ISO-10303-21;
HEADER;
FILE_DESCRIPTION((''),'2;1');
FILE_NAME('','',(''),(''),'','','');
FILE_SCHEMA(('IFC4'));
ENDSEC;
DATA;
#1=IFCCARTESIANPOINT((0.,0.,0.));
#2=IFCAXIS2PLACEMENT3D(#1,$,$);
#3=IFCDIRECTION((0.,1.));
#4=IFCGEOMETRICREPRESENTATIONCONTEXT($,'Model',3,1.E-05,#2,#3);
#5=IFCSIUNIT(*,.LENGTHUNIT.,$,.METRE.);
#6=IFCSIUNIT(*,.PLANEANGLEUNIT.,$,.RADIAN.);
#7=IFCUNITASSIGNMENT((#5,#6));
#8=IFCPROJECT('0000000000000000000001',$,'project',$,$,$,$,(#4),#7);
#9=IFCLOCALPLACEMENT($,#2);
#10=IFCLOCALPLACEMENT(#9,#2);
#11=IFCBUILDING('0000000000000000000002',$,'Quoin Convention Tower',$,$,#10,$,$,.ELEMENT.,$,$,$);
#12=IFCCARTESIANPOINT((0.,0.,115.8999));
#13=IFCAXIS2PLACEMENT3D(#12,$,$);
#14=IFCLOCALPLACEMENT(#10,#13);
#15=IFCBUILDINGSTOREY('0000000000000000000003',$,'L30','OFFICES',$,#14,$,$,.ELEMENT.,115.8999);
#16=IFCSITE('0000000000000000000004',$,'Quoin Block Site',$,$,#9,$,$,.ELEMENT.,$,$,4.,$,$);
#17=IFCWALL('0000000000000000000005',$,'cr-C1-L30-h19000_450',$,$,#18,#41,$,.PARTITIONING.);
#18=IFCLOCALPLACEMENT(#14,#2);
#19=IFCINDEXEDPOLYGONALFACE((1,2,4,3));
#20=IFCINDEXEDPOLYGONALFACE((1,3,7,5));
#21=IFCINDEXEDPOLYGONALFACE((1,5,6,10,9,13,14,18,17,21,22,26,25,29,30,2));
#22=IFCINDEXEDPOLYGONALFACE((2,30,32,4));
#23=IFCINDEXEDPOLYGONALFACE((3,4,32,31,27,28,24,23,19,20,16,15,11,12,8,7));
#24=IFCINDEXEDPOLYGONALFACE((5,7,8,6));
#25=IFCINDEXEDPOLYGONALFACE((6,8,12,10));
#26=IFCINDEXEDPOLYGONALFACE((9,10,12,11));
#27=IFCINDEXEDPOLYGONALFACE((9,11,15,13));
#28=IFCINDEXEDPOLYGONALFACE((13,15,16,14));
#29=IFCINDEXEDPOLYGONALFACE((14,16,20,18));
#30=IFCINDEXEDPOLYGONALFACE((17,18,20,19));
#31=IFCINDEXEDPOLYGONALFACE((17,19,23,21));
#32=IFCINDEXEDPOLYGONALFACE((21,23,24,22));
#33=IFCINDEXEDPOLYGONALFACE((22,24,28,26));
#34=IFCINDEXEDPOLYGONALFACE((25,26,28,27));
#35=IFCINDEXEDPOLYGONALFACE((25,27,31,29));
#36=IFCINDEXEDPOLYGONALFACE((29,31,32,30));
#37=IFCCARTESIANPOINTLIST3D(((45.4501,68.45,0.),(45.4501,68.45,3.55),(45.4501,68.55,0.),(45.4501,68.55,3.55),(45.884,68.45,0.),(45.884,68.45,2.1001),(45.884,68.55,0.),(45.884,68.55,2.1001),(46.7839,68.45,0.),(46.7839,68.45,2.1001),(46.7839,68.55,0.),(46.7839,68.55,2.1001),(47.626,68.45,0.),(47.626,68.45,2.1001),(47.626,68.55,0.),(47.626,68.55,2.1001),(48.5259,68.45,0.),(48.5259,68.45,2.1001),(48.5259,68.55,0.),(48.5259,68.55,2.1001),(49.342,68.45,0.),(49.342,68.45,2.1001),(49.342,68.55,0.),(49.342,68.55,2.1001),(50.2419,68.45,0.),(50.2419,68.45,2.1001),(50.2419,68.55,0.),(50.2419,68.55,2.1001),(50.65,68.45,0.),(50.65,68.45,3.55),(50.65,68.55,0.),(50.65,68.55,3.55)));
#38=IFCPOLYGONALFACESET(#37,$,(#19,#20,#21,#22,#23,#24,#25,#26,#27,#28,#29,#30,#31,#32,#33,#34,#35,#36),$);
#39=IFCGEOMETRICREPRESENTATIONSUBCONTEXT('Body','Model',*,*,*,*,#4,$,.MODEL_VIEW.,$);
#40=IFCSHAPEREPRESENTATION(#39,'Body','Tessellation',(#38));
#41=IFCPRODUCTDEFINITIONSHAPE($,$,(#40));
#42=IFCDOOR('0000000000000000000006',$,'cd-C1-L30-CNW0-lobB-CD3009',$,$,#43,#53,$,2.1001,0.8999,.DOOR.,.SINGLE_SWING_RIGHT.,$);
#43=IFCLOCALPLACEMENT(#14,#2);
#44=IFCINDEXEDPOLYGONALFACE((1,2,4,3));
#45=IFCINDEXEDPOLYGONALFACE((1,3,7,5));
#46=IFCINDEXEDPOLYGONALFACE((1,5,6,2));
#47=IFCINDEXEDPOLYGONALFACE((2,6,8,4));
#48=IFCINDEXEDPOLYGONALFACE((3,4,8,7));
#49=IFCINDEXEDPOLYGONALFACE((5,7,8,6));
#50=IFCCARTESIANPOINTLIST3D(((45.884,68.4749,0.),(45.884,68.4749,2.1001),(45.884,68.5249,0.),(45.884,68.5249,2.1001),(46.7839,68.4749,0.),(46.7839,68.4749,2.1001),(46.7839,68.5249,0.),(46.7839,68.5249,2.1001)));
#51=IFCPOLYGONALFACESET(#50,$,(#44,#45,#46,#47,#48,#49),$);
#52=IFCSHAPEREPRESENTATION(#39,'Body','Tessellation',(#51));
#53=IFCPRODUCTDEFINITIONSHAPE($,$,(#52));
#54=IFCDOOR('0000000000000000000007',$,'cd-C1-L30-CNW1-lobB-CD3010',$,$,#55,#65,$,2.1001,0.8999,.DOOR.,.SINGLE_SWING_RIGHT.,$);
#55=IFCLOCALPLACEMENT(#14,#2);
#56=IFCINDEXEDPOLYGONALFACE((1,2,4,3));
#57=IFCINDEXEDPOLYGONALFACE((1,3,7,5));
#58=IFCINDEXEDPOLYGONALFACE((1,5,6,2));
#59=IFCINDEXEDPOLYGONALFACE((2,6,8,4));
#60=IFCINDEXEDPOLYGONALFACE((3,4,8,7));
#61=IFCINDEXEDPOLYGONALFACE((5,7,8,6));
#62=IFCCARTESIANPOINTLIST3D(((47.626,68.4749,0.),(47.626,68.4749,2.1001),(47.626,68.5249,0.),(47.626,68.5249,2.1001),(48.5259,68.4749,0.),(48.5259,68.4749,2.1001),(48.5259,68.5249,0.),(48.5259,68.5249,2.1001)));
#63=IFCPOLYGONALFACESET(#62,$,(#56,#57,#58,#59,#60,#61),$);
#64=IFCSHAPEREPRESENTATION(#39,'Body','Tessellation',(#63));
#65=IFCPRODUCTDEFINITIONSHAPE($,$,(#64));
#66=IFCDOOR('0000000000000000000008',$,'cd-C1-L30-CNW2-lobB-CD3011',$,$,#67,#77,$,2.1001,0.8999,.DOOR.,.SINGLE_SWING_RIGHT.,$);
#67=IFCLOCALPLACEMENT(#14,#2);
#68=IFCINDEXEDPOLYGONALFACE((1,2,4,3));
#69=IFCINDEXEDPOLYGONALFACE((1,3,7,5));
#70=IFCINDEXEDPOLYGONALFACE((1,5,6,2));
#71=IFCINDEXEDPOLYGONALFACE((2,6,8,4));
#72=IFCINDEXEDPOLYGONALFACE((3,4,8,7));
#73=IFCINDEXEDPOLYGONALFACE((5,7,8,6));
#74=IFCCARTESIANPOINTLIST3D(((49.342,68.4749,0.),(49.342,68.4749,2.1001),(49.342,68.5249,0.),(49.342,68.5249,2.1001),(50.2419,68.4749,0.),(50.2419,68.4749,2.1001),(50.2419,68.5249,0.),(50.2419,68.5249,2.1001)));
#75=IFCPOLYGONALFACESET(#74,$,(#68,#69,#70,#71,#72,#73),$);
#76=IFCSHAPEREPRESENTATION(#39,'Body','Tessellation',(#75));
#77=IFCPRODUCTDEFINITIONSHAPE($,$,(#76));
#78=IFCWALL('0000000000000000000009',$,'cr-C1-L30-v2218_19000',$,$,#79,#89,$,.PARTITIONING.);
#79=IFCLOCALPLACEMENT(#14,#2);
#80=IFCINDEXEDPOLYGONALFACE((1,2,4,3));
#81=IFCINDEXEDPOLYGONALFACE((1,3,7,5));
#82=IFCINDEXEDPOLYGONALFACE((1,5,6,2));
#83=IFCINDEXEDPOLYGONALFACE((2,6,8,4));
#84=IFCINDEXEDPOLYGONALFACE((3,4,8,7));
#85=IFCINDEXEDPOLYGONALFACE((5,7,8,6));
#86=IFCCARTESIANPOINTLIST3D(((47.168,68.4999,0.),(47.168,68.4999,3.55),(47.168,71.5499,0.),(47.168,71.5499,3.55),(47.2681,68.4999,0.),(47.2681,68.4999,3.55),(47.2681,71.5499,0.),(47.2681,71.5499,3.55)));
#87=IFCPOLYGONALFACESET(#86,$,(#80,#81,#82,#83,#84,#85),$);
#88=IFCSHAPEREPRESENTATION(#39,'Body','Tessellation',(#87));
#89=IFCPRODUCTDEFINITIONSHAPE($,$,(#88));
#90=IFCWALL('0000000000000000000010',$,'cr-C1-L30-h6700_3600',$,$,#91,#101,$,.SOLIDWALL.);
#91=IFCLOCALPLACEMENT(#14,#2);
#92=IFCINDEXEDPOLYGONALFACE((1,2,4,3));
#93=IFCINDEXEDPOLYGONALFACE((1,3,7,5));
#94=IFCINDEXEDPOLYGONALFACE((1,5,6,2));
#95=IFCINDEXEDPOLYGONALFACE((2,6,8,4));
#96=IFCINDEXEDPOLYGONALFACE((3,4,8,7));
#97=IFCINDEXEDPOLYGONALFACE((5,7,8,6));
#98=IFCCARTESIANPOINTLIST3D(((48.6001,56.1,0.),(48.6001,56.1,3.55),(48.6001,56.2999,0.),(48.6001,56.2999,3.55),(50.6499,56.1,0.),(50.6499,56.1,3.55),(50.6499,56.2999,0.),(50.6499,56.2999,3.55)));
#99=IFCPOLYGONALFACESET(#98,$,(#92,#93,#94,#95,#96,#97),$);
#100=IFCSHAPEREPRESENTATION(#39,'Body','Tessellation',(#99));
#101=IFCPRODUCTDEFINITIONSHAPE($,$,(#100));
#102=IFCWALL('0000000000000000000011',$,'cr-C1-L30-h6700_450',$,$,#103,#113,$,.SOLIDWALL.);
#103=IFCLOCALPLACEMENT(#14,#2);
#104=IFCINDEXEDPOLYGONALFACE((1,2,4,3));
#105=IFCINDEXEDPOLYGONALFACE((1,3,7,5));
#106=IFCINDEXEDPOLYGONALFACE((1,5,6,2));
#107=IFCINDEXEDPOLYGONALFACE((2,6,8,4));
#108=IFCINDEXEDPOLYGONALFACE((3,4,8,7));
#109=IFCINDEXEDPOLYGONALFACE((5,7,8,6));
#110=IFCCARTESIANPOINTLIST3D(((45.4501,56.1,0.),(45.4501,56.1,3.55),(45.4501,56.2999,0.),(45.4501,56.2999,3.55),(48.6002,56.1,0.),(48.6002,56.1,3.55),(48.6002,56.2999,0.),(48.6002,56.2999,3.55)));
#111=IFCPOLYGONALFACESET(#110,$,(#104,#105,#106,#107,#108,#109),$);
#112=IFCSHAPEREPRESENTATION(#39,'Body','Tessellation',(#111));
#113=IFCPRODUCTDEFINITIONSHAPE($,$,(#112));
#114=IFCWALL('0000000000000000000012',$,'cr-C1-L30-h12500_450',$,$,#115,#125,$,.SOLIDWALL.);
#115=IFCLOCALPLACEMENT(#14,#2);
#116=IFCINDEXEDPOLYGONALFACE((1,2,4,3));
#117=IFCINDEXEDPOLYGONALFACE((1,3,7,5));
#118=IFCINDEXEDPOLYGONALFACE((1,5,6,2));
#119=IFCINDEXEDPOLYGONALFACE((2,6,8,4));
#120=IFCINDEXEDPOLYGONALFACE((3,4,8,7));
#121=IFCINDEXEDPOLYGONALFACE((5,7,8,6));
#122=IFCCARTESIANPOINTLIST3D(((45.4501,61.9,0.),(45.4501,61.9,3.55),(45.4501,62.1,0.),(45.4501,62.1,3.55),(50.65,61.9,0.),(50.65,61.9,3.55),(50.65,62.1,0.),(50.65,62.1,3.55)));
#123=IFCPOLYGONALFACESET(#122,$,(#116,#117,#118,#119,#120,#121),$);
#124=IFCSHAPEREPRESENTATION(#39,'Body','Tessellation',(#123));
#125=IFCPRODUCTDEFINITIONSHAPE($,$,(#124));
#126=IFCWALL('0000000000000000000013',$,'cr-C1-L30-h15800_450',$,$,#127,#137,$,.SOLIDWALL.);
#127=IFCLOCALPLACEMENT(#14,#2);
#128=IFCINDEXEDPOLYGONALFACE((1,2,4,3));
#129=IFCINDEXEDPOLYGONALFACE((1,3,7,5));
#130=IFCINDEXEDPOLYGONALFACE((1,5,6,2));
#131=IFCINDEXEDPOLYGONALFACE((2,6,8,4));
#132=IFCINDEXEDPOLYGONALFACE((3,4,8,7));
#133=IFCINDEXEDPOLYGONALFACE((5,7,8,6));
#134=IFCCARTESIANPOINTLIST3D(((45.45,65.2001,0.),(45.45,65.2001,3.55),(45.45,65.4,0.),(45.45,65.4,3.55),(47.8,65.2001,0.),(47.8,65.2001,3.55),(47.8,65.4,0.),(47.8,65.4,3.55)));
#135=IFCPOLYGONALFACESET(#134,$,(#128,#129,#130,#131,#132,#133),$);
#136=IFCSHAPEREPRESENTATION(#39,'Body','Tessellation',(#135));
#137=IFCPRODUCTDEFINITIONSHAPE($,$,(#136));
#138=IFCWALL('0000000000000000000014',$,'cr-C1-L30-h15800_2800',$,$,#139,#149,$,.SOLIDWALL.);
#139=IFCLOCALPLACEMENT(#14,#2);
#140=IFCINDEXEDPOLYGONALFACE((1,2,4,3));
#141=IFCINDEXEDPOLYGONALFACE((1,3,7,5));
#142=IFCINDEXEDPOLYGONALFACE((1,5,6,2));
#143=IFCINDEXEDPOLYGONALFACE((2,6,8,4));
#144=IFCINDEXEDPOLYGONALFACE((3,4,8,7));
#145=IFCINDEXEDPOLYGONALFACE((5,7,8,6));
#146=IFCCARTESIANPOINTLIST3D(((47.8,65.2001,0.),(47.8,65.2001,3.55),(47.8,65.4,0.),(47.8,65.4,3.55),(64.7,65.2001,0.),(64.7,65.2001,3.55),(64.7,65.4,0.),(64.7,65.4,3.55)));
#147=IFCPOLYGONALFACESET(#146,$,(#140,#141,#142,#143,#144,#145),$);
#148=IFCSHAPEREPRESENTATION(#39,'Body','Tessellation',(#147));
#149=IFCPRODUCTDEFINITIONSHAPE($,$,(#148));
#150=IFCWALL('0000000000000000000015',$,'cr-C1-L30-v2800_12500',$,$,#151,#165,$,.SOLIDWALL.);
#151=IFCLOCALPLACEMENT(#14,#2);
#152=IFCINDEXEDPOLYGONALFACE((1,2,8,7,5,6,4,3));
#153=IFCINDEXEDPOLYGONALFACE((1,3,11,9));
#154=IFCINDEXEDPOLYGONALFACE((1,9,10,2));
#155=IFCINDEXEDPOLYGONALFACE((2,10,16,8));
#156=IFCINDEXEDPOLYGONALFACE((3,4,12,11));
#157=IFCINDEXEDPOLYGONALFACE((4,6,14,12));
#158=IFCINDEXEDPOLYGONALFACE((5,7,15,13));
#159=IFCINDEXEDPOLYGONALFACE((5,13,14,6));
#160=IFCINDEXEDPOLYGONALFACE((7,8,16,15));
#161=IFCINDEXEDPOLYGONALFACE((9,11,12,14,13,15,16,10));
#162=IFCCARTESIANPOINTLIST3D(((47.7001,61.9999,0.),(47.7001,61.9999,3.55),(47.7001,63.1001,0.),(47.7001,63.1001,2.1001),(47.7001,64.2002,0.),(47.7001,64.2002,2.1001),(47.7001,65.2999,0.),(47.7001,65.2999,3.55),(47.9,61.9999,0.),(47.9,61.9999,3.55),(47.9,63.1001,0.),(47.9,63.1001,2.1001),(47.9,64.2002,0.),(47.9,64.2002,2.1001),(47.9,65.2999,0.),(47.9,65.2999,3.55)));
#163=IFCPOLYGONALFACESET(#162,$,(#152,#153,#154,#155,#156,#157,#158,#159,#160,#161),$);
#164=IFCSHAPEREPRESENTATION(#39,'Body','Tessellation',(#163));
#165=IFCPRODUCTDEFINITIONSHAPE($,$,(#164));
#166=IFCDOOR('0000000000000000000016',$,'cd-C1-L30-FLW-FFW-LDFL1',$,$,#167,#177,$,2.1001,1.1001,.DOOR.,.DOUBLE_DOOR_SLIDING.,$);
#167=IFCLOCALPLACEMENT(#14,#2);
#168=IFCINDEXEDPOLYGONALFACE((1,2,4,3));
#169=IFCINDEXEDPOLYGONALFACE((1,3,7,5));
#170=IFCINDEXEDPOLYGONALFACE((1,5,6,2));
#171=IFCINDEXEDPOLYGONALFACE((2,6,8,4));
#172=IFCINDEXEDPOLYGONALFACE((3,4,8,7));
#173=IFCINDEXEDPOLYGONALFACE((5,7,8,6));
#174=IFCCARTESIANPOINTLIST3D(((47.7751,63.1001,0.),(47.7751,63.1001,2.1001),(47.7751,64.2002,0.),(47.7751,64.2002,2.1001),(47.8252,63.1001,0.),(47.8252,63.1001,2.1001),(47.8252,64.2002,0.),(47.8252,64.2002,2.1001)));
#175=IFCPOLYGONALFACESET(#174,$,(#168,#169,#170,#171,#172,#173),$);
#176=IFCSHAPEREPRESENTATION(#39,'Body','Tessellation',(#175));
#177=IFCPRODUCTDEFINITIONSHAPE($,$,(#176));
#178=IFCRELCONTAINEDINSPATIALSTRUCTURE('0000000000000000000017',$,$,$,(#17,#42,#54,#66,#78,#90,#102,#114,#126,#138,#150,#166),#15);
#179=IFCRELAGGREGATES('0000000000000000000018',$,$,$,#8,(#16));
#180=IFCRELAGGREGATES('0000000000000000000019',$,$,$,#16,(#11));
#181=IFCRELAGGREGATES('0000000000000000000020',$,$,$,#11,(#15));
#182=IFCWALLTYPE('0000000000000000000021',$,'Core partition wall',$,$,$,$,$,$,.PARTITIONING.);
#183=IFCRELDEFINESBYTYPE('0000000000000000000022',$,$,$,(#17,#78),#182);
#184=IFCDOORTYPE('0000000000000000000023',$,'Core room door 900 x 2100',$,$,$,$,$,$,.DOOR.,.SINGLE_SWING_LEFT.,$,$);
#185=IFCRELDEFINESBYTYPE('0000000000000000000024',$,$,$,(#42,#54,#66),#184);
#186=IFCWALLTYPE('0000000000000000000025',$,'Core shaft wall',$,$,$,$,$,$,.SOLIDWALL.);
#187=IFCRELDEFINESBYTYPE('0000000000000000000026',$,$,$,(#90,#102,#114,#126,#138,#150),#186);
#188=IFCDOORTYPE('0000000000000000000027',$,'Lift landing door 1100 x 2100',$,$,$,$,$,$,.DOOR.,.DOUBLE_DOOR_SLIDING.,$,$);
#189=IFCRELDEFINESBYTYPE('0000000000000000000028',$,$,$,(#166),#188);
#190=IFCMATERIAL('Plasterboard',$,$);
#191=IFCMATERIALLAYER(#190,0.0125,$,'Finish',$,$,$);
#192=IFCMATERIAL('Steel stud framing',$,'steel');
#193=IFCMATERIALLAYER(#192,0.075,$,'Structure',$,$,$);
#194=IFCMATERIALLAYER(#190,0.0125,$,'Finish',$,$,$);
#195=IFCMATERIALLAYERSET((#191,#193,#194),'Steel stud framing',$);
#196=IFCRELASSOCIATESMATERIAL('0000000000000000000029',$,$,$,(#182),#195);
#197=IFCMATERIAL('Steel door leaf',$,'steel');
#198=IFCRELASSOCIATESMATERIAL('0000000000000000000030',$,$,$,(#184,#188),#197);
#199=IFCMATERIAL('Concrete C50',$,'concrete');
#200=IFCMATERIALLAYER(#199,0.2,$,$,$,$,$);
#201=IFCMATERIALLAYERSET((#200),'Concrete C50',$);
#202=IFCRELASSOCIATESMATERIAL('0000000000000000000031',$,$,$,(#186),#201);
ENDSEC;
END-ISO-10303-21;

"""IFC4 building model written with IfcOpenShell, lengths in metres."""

from ifc_helpers import new_model, si_unit, direction, frame, frame_2d, origin, place, context, subcontext, project, spatial, rectangle, extrude, material, layer, layer_set, type_object, element, fill, save


model = new_model("IFC4")

# Units and contexts
model_context = context("Model", 3, precision=1e-05, world=origin(), true_north=direction((0.0, 1.0)))
body_context = subcontext(model_context, "Body", "Model", "MODEL_VIEW")
ifc_project = project(units=[si_unit("LENGTHUNIT", "METRE"), si_unit("PLANEANGLEUNIT", "RADIAN")], contexts=[model_context])

# Site, building, storey
site_placement = place(None, origin())
site = spatial("IfcSite", under=ifc_project, at=site_placement, Name="Quoin Block Site", CompositionType="ELEMENT", RefElevation=4.0)
building_placement = place(site_placement, origin())
building = spatial("IfcBuilding", under=site, at=building_placement, Name="Quoin Convention Tower", CompositionType="ELEMENT")
storey_placement = place(building_placement, frame((0.0, 0.0, 115.8999)))
storey = spatial("IfcBuildingStorey", under=building, at=storey_placement, Name="L30", Description="OFFICES", CompositionType="ELEMENT", Elevation=115.8999)

# Shared definitions
ifc_material_1 = material(Name="Plasterboard")
ifc_material_2 = material(Name="Steel stud framing", Category="steel")

# Wall, openings, doors
ifc_layer_1 = layer(ifc_material_1, 0.0125, Name="Finish")
ifc_layer_2 = layer(ifc_material_2, 0.075, Name="Structure")
ifc_layer_3 = layer(ifc_material_1, 0.0125, Name="Finish")
ifc_layer_set_1 = layer_set([ifc_layer_1, ifc_layer_2, ifc_layer_3], Name="Steel stud framing")
wall_type_1 = type_object("IfcWallType", Name="Core partition wall", PredefinedType="PARTITIONING", material=ifc_layer_set_1)
ifc_material_3 = material(Name="Steel door leaf", Category="steel")
door_type_1 = type_object("IfcDoorType", Name="Core room door 900 x 2100", OperationType="SINGLE_SWING_LEFT", PredefinedType="DOOR", material=ifc_material_3)
wall_1_placement = place(storey_placement, frame((45.45, 68.5, 0.0), z_axis=(0.0, 0.0, 1.0), x_axis=(1.0, 0.0, 0.0)))
wall_1 = element("IfcWall", 1, at=wall_1_placement, inside=storey, type_object=wall_type_1, Name="cr-C1-L30-h19000_450", PredefinedType="PARTITIONING", context=body_context, shape_type="SweptSolid", body=[
    extrude(rectangle(XDim=5.2, YDim=0.1001, at=frame_2d((2.6001, 0.0))), origin(), (0.0, 0.0, 1.0), 3.55),
])
opening_1_placement = place(wall_1_placement, frame((0.4341, 0.0, 0.0)))
opening_1 = element("IfcOpeningElement", 2, at=opening_1_placement, cuts=wall_1, PredefinedType="OPENING", context=body_context, shape_type="SweptSolid", body=[
    extrude(rectangle(XDim=0.8999, YDim=2.1001, at=frame_2d((0.45, 1.05))), frame((0.0, 0.0601, 0.0), z_axis=(0.0, -1.0, 0.0), x_axis=(1.0, 0.0, 0.0)), (0.0, 0.0, 1.0), 0.1201),
])
opening_2_placement = place(wall_1_placement, frame((2.176, 0.0, 0.0)))
opening_2 = element("IfcOpeningElement", 3, at=opening_2_placement, cuts=wall_1, PredefinedType="OPENING", context=body_context, shape_type="SweptSolid", body=[
    extrude(rectangle(XDim=0.8999, YDim=2.1001, at=frame_2d((0.45, 1.05))), frame((0.0, 0.0601, 0.0), z_axis=(0.0, -1.0, 0.0), x_axis=(1.0, 0.0, 0.0)), (0.0, 0.0, 1.0), 0.1201),
])
opening_3_placement = place(wall_1_placement, frame((3.8921, 0.0, 0.0)))
opening_3 = element("IfcOpeningElement", 4, at=opening_3_placement, cuts=wall_1, PredefinedType="OPENING", context=body_context, shape_type="SweptSolid", body=[
    extrude(rectangle(XDim=0.8999, YDim=2.1001, at=frame_2d((0.45, 1.05))), frame((0.0, 0.0601, 0.0), z_axis=(0.0, -1.0, 0.0), x_axis=(1.0, 0.0, 0.0)), (0.0, 0.0, 1.0), 0.1201),
])
door_1_placement = place(opening_1_placement, origin())
door_1 = element("IfcDoor", 5, at=door_1_placement, inside=storey, type_object=door_type_1, Name="cd-C1-L30-CNW0-lobB-CD3009", OperationType="SINGLE_SWING_RIGHT", OverallHeight=2.1001, OverallWidth=0.8999, PredefinedType="DOOR", context=body_context, shape_type="SweptSolid", body=[
    extrude(rectangle(XDim=0.8999, YDim=2.1001, at=frame_2d((0.45, 1.05))), frame((0.0, 0.0249, 0.0), z_axis=(0.0, -1.0, 0.0), x_axis=(1.0, 0.0, 0.0)), (0.0, 0.0, 1.0), 0.05),
])
fill(opening_1, door_1)
door_2_placement = place(opening_2_placement, origin())
door_2 = element("IfcDoor", 6, at=door_2_placement, inside=storey, type_object=door_type_1, Name="cd-C1-L30-CNW1-lobB-CD3010", OperationType="SINGLE_SWING_RIGHT", OverallHeight=2.1001, OverallWidth=0.8999, PredefinedType="DOOR", context=body_context, shape_type="SweptSolid", body=[
    extrude(rectangle(XDim=0.8999, YDim=2.1001, at=frame_2d((0.45, 1.05))), frame((0.0, 0.0249, 0.0), z_axis=(0.0, -1.0, 0.0), x_axis=(1.0, 0.0, 0.0)), (0.0, 0.0, 1.0), 0.05),
])
fill(opening_2, door_2)
door_3_placement = place(opening_3_placement, origin())
door_3 = element("IfcDoor", 7, at=door_3_placement, inside=storey, type_object=door_type_1, Name="cd-C1-L30-CNW2-lobB-CD3011", OperationType="SINGLE_SWING_RIGHT", OverallHeight=2.1001, OverallWidth=0.8999, PredefinedType="DOOR", context=body_context, shape_type="SweptSolid", body=[
    extrude(rectangle(XDim=0.8999, YDim=2.1001, at=frame_2d((0.45, 1.05))), frame((0.0, 0.0249, 0.0), z_axis=(0.0, -1.0, 0.0), x_axis=(1.0, 0.0, 0.0)), (0.0, 0.0, 1.0), 0.05),
])
fill(opening_3, door_3)

# Walls
wall_2_placement = place(storey_placement, frame((47.218, 68.5, 0.0), z_axis=(0.0, 0.0, 1.0), x_axis=(0.0, 1.0, 0.0)))
element("IfcWall", 8, at=wall_2_placement, inside=storey, type_object=wall_type_1, Name="cr-C1-L30-v2218_19000", PredefinedType="PARTITIONING", context=body_context, shape_type="SweptSolid", body=[
    extrude(rectangle(XDim=3.05, YDim=0.1001, at=frame_2d((1.5249, 0.0))), origin(), (0.0, 0.0, 1.0), 3.55),
])
ifc_material_4 = material(Name="Concrete C50", Category="concrete")
ifc_layer_4 = layer(ifc_material_4, 0.2)
ifc_layer_set_2 = layer_set([ifc_layer_4], Name="Concrete C50")
wall_type_2 = type_object("IfcWallType", Name="Core shaft wall", PredefinedType="SOLIDWALL", material=ifc_layer_set_2)
wall_3_placement = place(storey_placement, frame((48.6001, 56.2, 0.0), z_axis=(0.0, 0.0, 1.0), x_axis=(1.0, 0.0, 0.0)))
element("IfcWall", 9, at=wall_3_placement, inside=storey, type_object=wall_type_2, Name="cr-C1-L30-h6700_3600", PredefinedType="SOLIDWALL", context=body_context, shape_type="SweptSolid", body=[
    extrude(rectangle(XDim=2.0498, YDim=0.2, at=frame_2d((1.0249, 0.0))), origin(), (0.0, 0.0, 1.0), 3.55),
])
wall_4_placement = place(storey_placement, frame((45.45, 56.2, 0.0), z_axis=(0.0, 0.0, 1.0), x_axis=(1.0, 0.0, 0.0)))
element("IfcWall", 10, at=wall_4_placement, inside=storey, type_object=wall_type_2, Name="cr-C1-L30-h6700_450", PredefinedType="SOLIDWALL", context=body_context, shape_type="SweptSolid", body=[
    extrude(rectangle(XDim=3.1501, YDim=0.2, at=frame_2d((1.5752, 0.0))), origin(), (0.0, 0.0, 1.0), 3.55),
])
wall_5_placement = place(storey_placement, frame((45.45, 62.0, 0.0), z_axis=(0.0, 0.0, 1.0), x_axis=(1.0, 0.0, 0.0)))
element("IfcWall", 11, at=wall_5_placement, inside=storey, type_object=wall_type_2, Name="cr-C1-L30-h12500_450", PredefinedType="SOLIDWALL", context=body_context, shape_type="SweptSolid", body=[
    extrude(rectangle(XDim=5.2, YDim=0.2, at=frame_2d((2.6001, 0.0))), origin(), (0.0, 0.0, 1.0), 3.55),
])
wall_6_placement = place(storey_placement, frame((45.45, 65.3, 0.0), z_axis=(0.0, 0.0, 1.0), x_axis=(1.0, 0.0, 0.0)))
element("IfcWall", 12, at=wall_6_placement, inside=storey, type_object=wall_type_2, Name="cr-C1-L30-h15800_450", PredefinedType="SOLIDWALL", context=body_context, shape_type="SweptSolid", body=[
    extrude(rectangle(XDim=2.3501, YDim=0.2, at=frame_2d((1.175, 0.0))), origin(), (0.0, 0.0, 1.0), 3.55),
])
wall_7_placement = place(storey_placement, frame((47.8, 65.3, 0.0), z_axis=(0.0, 0.0, 1.0), x_axis=(1.0, 0.0, 0.0)))
element("IfcWall", 13, at=wall_7_placement, inside=storey, type_object=wall_type_2, Name="cr-C1-L30-h15800_2800", PredefinedType="SOLIDWALL", context=body_context, shape_type="SweptSolid", body=[
    extrude(rectangle(XDim=16.8999, YDim=0.2, at=frame_2d((8.45, 0.0))), origin(), (0.0, 0.0, 1.0), 3.55),
])

# Wall, opening, door
wall_8_placement = place(storey_placement, frame((47.8, 62.0, 0.0), z_axis=(0.0, 0.0, 1.0), x_axis=(0.0, 1.0, 0.0)))
wall_8 = element("IfcWall", 14, at=wall_8_placement, inside=storey, type_object=wall_type_2, Name="cr-C1-L30-v2800_12500", PredefinedType="SOLIDWALL", context=body_context, shape_type="SweptSolid", body=[
    extrude(rectangle(XDim=3.3, YDim=0.2, at=frame_2d((1.6499, 0.0))), origin(), (0.0, 0.0, 1.0), 3.55),
])
opening_4_placement = place(wall_8_placement, frame((1.1001, 0.0, 0.0)))
opening_4 = element("IfcOpeningElement", 15, at=opening_4_placement, cuts=wall_8, PredefinedType="OPENING", context=body_context, shape_type="SweptSolid", body=[
    extrude(rectangle(XDim=1.1001, YDim=2.1001, at=frame_2d((0.55, 1.05))), frame((0.0, 0.1099, 0.0), z_axis=(0.0, -1.0, 0.0), x_axis=(1.0, 0.0, 0.0)), (0.0, 0.0, 1.0), 0.22),
])
door_type_2 = type_object("IfcDoorType", Name="Lift landing door 1100 x 2100", OperationType="DOUBLE_DOOR_SLIDING", PredefinedType="DOOR", material=ifc_material_3)
door_4_placement = place(opening_4_placement, origin())
door_4 = element("IfcDoor", 16, at=door_4_placement, inside=storey, type_object=door_type_2, Name="cd-C1-L30-FLW-FFW-LDFL1", OperationType="DOUBLE_DOOR_SLIDING", OverallHeight=2.1001, OverallWidth=1.1001, PredefinedType="DOOR", context=body_context, shape_type="SweptSolid", body=[
    extrude(rectangle(XDim=1.1001, YDim=2.1001, at=frame_2d((0.55, 1.05))), frame((0.0, 0.0249, 0.0), z_axis=(0.0, -1.0, 0.0), x_axis=(1.0, 0.0, 0.0)), (0.0, 0.0, 1.0), 0.05),
])
fill(opening_4, door_4)

save(model, "model.ifc")
